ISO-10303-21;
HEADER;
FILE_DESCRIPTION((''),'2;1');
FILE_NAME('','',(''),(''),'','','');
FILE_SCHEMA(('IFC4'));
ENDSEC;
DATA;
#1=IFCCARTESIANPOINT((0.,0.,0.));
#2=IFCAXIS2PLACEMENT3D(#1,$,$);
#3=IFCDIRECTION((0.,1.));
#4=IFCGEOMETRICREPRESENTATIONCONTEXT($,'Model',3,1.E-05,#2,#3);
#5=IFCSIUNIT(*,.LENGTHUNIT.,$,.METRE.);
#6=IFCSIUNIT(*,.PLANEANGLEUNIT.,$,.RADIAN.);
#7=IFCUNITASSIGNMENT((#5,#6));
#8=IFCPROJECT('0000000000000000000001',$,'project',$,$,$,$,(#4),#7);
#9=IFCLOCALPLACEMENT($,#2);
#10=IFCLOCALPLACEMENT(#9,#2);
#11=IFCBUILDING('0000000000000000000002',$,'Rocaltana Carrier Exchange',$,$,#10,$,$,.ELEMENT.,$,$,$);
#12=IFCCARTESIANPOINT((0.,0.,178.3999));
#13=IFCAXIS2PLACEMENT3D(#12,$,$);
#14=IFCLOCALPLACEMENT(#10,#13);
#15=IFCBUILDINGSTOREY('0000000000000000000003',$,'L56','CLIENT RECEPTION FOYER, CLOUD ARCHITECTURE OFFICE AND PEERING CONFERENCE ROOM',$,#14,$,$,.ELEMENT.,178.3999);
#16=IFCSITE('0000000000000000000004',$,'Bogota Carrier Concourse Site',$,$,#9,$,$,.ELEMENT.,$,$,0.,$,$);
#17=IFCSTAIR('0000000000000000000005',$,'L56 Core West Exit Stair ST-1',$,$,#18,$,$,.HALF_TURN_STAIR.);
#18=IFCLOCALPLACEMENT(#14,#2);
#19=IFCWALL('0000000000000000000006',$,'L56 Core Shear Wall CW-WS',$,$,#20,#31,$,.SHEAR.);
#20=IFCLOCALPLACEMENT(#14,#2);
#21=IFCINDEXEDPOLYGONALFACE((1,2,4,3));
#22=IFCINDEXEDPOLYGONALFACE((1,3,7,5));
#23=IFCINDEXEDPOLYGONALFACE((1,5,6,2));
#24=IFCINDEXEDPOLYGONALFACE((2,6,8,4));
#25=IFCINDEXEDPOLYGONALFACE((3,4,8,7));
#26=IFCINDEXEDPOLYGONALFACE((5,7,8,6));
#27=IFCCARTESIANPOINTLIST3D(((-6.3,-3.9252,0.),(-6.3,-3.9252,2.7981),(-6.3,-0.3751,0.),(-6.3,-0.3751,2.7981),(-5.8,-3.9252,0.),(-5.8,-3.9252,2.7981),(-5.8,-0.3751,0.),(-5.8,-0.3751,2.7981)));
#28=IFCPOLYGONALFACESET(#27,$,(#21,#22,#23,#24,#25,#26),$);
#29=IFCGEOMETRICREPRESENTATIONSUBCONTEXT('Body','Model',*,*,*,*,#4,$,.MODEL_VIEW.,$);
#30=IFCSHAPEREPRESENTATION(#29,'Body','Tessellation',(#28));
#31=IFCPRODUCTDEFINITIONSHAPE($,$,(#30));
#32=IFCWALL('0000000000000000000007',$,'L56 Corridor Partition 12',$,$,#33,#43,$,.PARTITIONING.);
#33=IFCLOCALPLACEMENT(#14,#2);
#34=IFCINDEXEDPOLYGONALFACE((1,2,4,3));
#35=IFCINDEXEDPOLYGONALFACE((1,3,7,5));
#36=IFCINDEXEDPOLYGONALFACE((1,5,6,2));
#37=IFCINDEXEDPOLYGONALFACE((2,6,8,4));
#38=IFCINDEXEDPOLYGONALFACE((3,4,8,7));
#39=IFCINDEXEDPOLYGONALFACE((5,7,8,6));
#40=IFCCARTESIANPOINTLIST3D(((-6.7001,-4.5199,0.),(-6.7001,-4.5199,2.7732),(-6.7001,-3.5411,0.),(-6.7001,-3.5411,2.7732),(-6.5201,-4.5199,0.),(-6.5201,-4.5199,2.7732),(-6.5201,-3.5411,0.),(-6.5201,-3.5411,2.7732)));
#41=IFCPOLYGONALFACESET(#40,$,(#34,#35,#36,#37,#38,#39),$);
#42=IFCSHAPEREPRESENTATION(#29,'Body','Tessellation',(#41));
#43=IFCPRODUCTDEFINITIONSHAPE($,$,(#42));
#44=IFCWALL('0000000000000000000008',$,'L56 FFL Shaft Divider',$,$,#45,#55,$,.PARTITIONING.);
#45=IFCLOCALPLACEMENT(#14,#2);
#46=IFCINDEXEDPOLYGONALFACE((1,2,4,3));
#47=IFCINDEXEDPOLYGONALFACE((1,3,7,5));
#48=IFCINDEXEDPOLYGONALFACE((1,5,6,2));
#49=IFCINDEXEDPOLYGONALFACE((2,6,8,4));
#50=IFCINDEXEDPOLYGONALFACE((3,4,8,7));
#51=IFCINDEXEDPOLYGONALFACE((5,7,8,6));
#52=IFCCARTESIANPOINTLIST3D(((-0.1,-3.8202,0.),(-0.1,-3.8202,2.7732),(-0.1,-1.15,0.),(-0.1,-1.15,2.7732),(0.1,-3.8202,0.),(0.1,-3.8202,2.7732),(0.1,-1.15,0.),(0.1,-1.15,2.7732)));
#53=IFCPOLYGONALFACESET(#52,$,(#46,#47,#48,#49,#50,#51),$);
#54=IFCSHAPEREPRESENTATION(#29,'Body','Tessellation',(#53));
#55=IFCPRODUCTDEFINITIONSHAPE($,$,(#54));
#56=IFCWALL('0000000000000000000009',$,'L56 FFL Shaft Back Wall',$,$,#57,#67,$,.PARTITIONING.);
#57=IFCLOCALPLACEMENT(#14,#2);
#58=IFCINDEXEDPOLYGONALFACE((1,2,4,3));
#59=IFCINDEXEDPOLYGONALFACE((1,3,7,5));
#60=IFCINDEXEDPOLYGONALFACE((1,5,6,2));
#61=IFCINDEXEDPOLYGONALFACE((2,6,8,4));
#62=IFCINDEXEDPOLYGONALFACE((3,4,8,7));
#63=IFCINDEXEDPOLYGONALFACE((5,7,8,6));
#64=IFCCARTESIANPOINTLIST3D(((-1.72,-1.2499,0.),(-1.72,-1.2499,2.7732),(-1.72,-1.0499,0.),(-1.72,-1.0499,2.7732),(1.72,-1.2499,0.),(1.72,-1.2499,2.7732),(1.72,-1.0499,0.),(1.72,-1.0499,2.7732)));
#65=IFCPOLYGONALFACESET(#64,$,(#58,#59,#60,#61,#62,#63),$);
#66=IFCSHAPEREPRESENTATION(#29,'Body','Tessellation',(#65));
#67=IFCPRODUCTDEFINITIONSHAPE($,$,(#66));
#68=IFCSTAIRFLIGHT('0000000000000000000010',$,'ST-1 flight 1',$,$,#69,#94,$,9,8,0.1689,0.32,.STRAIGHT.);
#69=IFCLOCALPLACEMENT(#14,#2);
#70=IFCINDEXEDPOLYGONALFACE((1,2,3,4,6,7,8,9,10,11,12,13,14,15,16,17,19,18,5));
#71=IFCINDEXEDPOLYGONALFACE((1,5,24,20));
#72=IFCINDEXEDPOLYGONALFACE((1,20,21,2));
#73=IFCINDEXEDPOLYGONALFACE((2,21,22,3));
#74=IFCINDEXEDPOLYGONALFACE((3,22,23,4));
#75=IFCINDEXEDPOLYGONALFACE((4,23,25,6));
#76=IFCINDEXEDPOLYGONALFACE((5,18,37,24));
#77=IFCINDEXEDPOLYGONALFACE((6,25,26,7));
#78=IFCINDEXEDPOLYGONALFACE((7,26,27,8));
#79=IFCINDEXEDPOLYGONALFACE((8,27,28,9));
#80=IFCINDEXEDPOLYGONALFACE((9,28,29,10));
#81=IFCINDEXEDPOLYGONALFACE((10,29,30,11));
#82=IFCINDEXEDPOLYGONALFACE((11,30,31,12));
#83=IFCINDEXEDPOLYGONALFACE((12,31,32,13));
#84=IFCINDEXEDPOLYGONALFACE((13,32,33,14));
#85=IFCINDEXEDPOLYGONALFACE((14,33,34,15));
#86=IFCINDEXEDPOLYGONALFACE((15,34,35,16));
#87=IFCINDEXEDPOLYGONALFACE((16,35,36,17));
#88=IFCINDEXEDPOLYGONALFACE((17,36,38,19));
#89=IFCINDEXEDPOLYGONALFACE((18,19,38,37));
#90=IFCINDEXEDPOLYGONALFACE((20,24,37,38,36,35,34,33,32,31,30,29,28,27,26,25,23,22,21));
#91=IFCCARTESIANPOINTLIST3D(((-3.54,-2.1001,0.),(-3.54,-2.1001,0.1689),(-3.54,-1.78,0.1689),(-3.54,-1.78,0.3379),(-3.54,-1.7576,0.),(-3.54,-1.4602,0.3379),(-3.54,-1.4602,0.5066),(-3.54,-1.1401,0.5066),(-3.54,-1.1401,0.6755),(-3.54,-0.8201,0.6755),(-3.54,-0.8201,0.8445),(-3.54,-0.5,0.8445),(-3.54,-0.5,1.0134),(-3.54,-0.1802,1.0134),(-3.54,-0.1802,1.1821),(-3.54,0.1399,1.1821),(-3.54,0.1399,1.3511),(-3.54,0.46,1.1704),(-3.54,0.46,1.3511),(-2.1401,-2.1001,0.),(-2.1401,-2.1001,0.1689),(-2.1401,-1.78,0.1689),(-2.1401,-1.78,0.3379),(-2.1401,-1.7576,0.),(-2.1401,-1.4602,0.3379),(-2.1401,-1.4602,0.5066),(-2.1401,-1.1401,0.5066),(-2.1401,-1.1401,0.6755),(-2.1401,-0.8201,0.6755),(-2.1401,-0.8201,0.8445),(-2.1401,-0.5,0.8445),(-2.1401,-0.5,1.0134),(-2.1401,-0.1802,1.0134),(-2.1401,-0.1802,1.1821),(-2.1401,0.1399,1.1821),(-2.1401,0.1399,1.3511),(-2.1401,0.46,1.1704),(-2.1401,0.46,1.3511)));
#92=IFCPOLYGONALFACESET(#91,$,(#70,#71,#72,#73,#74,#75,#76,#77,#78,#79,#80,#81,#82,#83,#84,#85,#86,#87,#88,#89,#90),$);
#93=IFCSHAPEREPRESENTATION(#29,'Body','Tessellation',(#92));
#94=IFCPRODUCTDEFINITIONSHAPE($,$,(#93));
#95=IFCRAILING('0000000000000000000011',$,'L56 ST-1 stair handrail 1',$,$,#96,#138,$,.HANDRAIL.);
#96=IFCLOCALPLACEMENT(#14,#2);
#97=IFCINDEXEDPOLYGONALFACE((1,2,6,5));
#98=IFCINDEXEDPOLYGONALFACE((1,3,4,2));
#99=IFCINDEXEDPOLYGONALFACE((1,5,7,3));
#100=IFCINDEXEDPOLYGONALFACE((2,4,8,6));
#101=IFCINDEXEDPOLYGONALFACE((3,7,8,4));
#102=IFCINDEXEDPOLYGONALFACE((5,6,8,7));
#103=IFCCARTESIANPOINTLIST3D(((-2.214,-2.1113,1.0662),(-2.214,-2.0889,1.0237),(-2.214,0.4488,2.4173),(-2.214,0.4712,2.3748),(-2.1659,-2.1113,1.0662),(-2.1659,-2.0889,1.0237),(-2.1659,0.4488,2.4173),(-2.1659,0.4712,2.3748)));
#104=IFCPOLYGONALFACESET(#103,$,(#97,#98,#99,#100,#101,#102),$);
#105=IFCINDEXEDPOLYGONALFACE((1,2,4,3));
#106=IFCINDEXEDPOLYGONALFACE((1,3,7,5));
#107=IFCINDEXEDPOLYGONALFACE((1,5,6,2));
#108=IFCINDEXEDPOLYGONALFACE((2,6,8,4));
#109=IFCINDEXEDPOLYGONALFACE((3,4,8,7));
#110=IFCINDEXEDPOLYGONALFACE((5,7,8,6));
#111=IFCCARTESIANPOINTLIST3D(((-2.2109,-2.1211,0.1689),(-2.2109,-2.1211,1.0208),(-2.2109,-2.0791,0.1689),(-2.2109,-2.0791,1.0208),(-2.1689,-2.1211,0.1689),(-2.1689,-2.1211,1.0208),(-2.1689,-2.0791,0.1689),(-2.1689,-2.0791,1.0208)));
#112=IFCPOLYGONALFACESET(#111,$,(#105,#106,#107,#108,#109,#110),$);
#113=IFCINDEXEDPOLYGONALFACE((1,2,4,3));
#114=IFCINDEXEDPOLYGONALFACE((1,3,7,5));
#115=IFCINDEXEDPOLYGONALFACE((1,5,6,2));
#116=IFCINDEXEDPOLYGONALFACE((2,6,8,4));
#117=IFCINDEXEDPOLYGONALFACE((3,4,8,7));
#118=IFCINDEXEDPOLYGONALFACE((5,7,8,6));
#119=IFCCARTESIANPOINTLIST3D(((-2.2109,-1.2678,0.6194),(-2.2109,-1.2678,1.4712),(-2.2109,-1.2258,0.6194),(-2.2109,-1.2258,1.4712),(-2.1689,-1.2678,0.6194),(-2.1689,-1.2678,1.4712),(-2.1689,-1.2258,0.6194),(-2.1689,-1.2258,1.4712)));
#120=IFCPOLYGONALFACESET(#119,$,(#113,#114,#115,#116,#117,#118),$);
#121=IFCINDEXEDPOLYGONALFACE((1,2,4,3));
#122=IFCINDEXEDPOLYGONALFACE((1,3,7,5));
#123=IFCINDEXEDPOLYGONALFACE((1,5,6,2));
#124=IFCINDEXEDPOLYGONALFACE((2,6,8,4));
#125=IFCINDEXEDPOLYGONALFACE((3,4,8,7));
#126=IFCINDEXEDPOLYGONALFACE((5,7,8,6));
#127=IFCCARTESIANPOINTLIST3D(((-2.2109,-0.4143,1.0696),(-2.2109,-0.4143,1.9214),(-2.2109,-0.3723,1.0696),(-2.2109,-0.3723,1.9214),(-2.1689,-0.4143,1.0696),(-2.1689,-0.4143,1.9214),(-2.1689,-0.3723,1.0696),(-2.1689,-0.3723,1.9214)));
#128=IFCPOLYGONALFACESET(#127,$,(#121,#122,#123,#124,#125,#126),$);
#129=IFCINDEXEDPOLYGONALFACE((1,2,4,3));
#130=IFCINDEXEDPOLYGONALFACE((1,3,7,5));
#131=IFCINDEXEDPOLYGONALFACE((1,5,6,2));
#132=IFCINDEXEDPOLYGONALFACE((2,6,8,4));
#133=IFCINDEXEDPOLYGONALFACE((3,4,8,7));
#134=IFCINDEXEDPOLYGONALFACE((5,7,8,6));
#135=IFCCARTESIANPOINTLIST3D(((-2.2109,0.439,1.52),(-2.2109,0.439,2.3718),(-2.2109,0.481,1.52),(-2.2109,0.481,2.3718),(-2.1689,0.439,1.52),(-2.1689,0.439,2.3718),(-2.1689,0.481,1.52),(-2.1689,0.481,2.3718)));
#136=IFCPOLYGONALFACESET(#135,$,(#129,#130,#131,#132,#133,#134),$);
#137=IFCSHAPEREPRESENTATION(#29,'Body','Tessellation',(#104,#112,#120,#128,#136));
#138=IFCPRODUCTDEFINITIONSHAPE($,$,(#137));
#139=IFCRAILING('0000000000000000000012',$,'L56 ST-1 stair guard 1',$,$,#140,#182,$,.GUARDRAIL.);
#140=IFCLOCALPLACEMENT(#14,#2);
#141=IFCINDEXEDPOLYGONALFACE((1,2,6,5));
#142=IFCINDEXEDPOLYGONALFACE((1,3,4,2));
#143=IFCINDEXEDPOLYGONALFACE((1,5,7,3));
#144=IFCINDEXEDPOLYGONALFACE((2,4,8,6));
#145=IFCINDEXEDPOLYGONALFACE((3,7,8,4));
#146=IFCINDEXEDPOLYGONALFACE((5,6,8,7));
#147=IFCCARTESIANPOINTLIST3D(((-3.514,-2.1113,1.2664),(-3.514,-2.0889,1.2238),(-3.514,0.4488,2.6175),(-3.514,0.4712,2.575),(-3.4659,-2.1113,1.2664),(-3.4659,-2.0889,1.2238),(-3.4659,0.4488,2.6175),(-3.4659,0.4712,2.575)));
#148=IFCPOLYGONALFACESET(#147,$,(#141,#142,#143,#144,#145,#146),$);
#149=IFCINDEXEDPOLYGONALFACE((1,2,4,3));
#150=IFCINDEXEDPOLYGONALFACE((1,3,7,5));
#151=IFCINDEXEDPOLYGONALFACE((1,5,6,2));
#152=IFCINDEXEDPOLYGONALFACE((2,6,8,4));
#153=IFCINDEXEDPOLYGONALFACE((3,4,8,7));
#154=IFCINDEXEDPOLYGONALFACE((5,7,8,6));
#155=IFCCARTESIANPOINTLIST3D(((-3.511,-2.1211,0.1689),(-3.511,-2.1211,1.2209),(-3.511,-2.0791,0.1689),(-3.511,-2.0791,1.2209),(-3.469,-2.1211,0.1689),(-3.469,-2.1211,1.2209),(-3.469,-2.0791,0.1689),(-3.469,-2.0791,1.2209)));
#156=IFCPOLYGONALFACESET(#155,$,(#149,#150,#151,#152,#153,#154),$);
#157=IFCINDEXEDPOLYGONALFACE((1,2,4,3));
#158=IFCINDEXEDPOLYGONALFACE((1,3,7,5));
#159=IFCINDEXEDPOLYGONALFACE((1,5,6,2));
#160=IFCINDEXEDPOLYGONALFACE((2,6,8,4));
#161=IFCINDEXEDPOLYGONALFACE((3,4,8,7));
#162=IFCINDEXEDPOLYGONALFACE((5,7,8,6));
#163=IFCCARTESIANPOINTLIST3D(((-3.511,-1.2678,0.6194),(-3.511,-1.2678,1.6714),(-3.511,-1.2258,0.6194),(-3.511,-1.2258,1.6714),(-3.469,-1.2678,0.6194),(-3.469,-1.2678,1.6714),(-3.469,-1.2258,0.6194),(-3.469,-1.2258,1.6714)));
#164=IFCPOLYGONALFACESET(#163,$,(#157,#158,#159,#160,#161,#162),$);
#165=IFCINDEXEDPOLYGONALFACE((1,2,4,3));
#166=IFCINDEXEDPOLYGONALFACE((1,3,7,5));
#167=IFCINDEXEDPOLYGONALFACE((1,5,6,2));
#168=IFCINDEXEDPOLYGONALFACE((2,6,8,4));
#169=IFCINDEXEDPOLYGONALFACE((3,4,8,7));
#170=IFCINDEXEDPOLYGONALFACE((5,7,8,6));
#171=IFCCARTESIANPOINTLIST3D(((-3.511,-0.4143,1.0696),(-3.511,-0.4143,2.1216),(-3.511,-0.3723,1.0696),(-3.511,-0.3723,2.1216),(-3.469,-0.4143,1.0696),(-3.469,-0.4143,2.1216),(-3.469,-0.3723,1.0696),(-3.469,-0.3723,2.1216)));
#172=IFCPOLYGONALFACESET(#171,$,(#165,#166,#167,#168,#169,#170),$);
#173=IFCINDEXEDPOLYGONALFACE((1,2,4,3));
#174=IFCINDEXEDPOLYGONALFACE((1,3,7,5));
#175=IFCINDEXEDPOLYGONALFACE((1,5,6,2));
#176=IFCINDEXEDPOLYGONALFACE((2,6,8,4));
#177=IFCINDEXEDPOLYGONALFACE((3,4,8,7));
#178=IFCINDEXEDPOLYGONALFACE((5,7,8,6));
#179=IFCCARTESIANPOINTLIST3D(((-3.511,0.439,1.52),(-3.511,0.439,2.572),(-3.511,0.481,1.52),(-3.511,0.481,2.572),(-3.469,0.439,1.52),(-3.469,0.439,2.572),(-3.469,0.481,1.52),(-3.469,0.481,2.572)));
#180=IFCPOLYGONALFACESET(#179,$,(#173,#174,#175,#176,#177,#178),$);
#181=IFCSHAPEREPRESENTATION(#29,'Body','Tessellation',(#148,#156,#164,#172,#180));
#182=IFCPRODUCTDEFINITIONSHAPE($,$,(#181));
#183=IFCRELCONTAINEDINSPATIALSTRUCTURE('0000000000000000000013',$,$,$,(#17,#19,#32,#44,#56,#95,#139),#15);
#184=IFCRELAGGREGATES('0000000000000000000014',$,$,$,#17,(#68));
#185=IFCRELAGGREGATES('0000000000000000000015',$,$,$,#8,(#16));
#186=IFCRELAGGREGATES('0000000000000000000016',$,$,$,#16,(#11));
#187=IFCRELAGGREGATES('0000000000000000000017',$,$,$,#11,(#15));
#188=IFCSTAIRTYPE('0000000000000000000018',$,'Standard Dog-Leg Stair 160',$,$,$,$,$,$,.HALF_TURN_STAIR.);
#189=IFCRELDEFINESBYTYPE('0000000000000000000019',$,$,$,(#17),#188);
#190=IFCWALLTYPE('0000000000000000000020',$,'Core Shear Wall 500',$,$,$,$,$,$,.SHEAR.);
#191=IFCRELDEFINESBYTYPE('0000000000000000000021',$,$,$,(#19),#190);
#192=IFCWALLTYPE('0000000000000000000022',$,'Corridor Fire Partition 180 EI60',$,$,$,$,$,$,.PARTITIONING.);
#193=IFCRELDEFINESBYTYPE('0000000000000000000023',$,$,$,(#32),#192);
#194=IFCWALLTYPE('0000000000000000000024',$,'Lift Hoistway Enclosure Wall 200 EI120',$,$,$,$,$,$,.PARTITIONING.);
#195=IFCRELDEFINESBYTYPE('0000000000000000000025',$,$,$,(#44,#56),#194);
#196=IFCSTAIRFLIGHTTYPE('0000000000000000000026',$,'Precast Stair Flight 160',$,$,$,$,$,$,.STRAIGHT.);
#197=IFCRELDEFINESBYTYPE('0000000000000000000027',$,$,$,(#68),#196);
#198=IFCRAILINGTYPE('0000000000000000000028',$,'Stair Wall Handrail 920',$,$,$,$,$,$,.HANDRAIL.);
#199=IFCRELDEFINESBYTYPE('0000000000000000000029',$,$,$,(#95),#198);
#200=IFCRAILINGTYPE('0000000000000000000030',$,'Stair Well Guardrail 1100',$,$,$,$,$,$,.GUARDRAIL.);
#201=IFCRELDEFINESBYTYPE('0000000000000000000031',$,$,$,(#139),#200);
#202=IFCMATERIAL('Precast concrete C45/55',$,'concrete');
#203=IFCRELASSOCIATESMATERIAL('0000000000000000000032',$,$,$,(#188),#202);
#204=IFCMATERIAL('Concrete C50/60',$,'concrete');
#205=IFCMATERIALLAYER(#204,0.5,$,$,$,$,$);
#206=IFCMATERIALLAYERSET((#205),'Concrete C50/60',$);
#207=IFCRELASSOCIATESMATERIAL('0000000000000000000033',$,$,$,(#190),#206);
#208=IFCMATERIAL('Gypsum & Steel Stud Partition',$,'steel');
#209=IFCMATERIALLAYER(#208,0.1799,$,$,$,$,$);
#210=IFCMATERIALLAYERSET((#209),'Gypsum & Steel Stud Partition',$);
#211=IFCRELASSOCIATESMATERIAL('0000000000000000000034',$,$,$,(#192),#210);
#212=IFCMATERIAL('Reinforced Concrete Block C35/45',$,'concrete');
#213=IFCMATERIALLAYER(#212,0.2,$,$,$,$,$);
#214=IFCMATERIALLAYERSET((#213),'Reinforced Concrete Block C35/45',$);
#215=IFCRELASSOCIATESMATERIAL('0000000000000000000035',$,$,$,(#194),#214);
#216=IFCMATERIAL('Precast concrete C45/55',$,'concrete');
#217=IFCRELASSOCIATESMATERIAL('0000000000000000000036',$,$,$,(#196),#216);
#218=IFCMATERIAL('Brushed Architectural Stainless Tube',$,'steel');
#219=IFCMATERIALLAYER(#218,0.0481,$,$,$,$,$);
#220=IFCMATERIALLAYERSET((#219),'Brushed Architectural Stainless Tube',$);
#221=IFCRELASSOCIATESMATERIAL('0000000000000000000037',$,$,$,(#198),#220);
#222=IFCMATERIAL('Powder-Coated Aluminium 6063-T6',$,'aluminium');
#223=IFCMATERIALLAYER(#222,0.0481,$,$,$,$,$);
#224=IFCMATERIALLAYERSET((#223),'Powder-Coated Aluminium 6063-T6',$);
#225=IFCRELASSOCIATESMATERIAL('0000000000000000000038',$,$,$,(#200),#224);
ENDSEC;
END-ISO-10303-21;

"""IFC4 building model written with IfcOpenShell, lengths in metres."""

from ifc_helpers import new_model, si_unit, direction, frame, frame_2d, origin, origin_2d, place, context, subcontext, project, spatial, polyline, rectangle, outline, extrude, material, layer, layer_set, type_object, element, aggregate, save


model = new_model("IFC4")

# Units and contexts
model_context = context("Model", 3, precision=1e-05, world=origin(), true_north=direction((0.0, 1.0)))
body_context = subcontext(model_context, "Body", "Model", "MODEL_VIEW")
ifc_project = project(units=[si_unit("LENGTHUNIT", "METRE"), si_unit("PLANEANGLEUNIT", "RADIAN")], contexts=[model_context])

# Site, building, storey
site_placement = place(None, origin())
site = spatial("IfcSite", under=ifc_project, at=site_placement, Name="Bogota Carrier Concourse Site", CompositionType="ELEMENT", RefElevation=0.0)
building_placement = place(site_placement, origin())
building = spatial("IfcBuilding", under=site, at=building_placement, Name="Rocaltana Carrier Exchange", CompositionType="ELEMENT")
storey_placement = place(building_placement, frame((0.0, 0.0, 178.3999)))
storey = spatial("IfcBuildingStorey", under=building, at=storey_placement, Name="L56", Description="CLIENT RECEPTION FOYER, CLOUD ARCHITECTURE OFFICE AND PEERING CONFERENCE ROOM", CompositionType="ELEMENT", Elevation=178.3999)

# Stair
ifc_material_1 = material(Name="Precast concrete C45/55", Category="concrete")
stair_type = type_object("IfcStairType", Name="Standard Dog-Leg Stair 160", PredefinedType="HALF_TURN_STAIR", material=ifc_material_1)
stair_placement = place(storey_placement, origin())
stair = element("IfcStair", 1, at=stair_placement, inside=storey, type_object=stair_type, Name="L56 Core West Exit Stair ST-1", PredefinedType="HALF_TURN_STAIR")

# Walls
ifc_material_2 = material(Name="Concrete C50/60", Category="concrete")
ifc_layer_1 = layer(ifc_material_2, 0.5)
ifc_layer_set_1 = layer_set([ifc_layer_1], Name="Concrete C50/60")
wall_type_1 = type_object("IfcWallType", Name="Core Shear Wall 500", PredefinedType="SHEAR", material=ifc_layer_set_1)
wall_1_placement = place(storey_placement, frame((-6.05, -3.925, 0.0), z_axis=(0.0, 0.0, 1.0), x_axis=(0.0, 1.0, 0.0)))
element("IfcWall", 2, at=wall_1_placement, inside=storey, type_object=wall_type_1, Name="L56 Core Shear Wall CW-WS", PredefinedType="SHEAR", context=body_context, shape_type="SweptSolid", body=[
    extrude(rectangle(XDim=3.55, YDim=0.5, at=frame_2d((1.7749, 0.0))), origin(), (0.0, 0.0, 1.0), 2.7981),
])
ifc_material_3 = material(Name="Gypsum & Steel Stud Partition", Category="steel")
ifc_layer_2 = layer(ifc_material_3, 0.1799)
ifc_layer_set_2 = layer_set([ifc_layer_2], Name="Gypsum & Steel Stud Partition")
wall_type_2 = type_object("IfcWallType", Name="Corridor Fire Partition 180 EI60", PredefinedType="PARTITIONING", material=ifc_layer_set_2)
wall_2_placement = place(storey_placement, frame((-6.6101, -3.5413, 0.0), z_axis=(0.0, 0.0, 1.0), x_axis=(0.0, -1.0, 0.0)))
element("IfcWall", 3, at=wall_2_placement, inside=storey, type_object=wall_type_2, Name="L56 Corridor Partition 12", PredefinedType="PARTITIONING", context=body_context, shape_type="SweptSolid", body=[
    extrude(rectangle(XDim=0.9788, YDim=0.1799, at=frame_2d((0.4893, 0.0))), origin(), (0.0, 0.0, 1.0), 2.7732),
])
ifc_material_4 = material(Name="Reinforced Concrete Block C35/45", Category="concrete")
ifc_layer_3 = layer(ifc_material_4, 0.2)
ifc_layer_set_3 = layer_set([ifc_layer_3], Name="Reinforced Concrete Block C35/45")
wall_type_3 = type_object("IfcWallType", Name="Lift Hoistway Enclosure Wall 200 EI120", PredefinedType="PARTITIONING", material=ifc_layer_set_3)
wall_3_placement = place(storey_placement, frame((0.0, -3.8201, 0.0), z_axis=(0.0, 0.0, 1.0), x_axis=(0.0, 1.0, 0.0)))
element("IfcWall", 4, at=wall_3_placement, inside=storey, type_object=wall_type_3, Name="L56 FFL Shaft Divider", PredefinedType="PARTITIONING", context=body_context, shape_type="SweptSolid", body=[
    extrude(rectangle(XDim=2.6702, YDim=0.2, at=frame_2d((1.335, 0.0))), origin(), (0.0, 0.0, 1.0), 2.7732),
])
wall_4_placement = place(storey_placement, frame((-1.72, -1.1499, 0.0), z_axis=(0.0, 0.0, 1.0), x_axis=(1.0, 0.0, 0.0)))
element("IfcWall", 5, at=wall_4_placement, inside=storey, type_object=wall_type_3, Name="L56 FFL Shaft Back Wall", PredefinedType="PARTITIONING", context=body_context, shape_type="SweptSolid", body=[
    extrude(rectangle(XDim=3.4399, YDim=0.2, at=frame_2d((1.72, 0.0))), origin(), (0.0, 0.0, 1.0), 2.7732),
])

# Stair flight
ifc_material_5 = material(Name="Precast concrete C45/55", Category="concrete")
stair_flight_type = type_object("IfcStairFlightType", Name="Precast Stair Flight 160", PredefinedType="STRAIGHT", material=ifc_material_5)
stair_flight_placement = place(storey_placement, frame((-2.8401, -2.1001, 0.0), z_axis=(0.0, 0.0, 1.0), x_axis=(0.0, 1.0, 0.0)))
stair_flight = element("IfcStairFlight", 6, at=stair_flight_placement, type_object=stair_flight_type, Name="ST-1 flight 1", NumberOfRisers=9, NumberOfTreads=8, PredefinedType="STRAIGHT", RiserHeight=0.1689, TreadLength=0.32, context=body_context, shape_type="SweptSolid", body=[
    extrude(outline(polyline([(0.0, 0.0), (0.0, 0.1689), (0.3201, 0.1689), (0.3201, 0.3379), (0.6399, 0.3379), (0.6399, 0.5066), (0.96, 0.5066), (0.96, 0.6755), (1.28, 0.6755), (1.28, 0.8445), (1.6001, 0.8445), (1.6001, 1.0134), (1.9199, 1.0134), (1.9199, 1.1821), (2.24, 1.1821), (2.24, 1.3511), (2.5601, 1.3511), (2.5601, 1.52), (2.5601, 1.1704), (0.3425, 0.0), (0.0, 0.0)])), frame((0.0, 0.7, 0.0), z_axis=(0.0, -1.0, 0.0), x_axis=(1.0, 0.0, 0.0)), (0.0, 0.0, 1.0), 1.3999),
])
aggregate(stair, [stair_flight])

# Railings
ifc_material_6 = material(Name="Brushed Architectural Stainless Tube", Category="steel")
ifc_layer_4 = layer(ifc_material_6, 0.0481)
ifc_layer_set_4 = layer_set([ifc_layer_4], Name="Brushed Architectural Stainless Tube")
railing_type_1 = type_object("IfcRailingType", Name="Stair Wall Handrail 920", PredefinedType="HANDRAIL", material=ifc_layer_set_4)
railing_1_placement = place(storey_placement, frame((-2.1899, -2.1001, 0.1689)))
element("IfcRailing", 7, at=railing_1_placement, inside=storey, type_object=railing_type_1, Name="L56 ST-1 stair handrail 1", PredefinedType="HANDRAIL", context=body_context, shape_type="SweptSolid", body=[
    extrude(rectangle(XDim=0.0481, YDim=0.0481, at=origin_2d()), frame((0.0, 0.0, 0.876), z_axis=(0.0, 0.884394, 0.46674), x_axis=(-1.0, 0.0, 0.0)), (0.0, 0.0, 1.0), 2.8948),
    extrude(rectangle(XDim=0.042, YDim=0.042, at=origin_2d()), origin(), (0.0, 0.0, 1.0), 0.8518),
    extrude(rectangle(XDim=0.042, YDim=0.042, at=origin_2d()), frame((0.0, 0.8533, 0.4504)), (0.0, 0.0, 1.0), 0.8518),
    extrude(rectangle(XDim=0.042, YDim=0.042, at=origin_2d()), frame((0.0, 1.7068, 0.9006)), (0.0, 0.0, 1.0), 0.8518),
    extrude(rectangle(XDim=0.042, YDim=0.042, at=origin_2d()), frame((0.0, 2.5601, 1.3511)), (0.0, 0.0, 1.0), 0.8518),
])
ifc_material_7 = material(Name="Powder-Coated Aluminium 6063-T6", Category="aluminium")
ifc_layer_5 = layer(ifc_material_7, 0.0481)
ifc_layer_set_5 = layer_set([ifc_layer_5], Name="Powder-Coated Aluminium 6063-T6")
railing_type_2 = type_object("IfcRailingType", Name="Stair Well Guardrail 1100", PredefinedType="GUARDRAIL", material=ifc_layer_set_5)
railing_2_placement = place(storey_placement, frame((-3.49, -2.1001, 0.1689)))
element("IfcRailing", 8, at=railing_2_placement, inside=storey, type_object=railing_type_2, Name="L56 ST-1 stair guard 1", PredefinedType="GUARDRAIL", context=body_context, shape_type="SweptSolid", body=[
    extrude(rectangle(XDim=0.0481, YDim=0.0481, at=origin_2d()), frame((0.0, 0.0, 1.0762), z_axis=(0.0, 0.884394, 0.46674), x_axis=(-1.0, 0.0, 0.0)), (0.0, 0.0, 1.0), 2.8948),
    extrude(rectangle(XDim=0.042, YDim=0.042, at=origin_2d()), origin(), (0.0, 0.0, 1.0), 1.052),
    extrude(rectangle(XDim=0.042, YDim=0.042, at=origin_2d()), frame((0.0, 0.8533, 0.4504)), (0.0, 0.0, 1.0), 1.052),
    extrude(rectangle(XDim=0.042, YDim=0.042, at=origin_2d()), frame((0.0, 1.7068, 0.9006)), (0.0, 0.0, 1.0), 1.052),
    extrude(rectangle(XDim=0.042, YDim=0.042, at=origin_2d()), frame((0.0, 2.5601, 1.3511)), (0.0, 0.0, 1.0), 1.052),
])

save(model, "model.ifc")
